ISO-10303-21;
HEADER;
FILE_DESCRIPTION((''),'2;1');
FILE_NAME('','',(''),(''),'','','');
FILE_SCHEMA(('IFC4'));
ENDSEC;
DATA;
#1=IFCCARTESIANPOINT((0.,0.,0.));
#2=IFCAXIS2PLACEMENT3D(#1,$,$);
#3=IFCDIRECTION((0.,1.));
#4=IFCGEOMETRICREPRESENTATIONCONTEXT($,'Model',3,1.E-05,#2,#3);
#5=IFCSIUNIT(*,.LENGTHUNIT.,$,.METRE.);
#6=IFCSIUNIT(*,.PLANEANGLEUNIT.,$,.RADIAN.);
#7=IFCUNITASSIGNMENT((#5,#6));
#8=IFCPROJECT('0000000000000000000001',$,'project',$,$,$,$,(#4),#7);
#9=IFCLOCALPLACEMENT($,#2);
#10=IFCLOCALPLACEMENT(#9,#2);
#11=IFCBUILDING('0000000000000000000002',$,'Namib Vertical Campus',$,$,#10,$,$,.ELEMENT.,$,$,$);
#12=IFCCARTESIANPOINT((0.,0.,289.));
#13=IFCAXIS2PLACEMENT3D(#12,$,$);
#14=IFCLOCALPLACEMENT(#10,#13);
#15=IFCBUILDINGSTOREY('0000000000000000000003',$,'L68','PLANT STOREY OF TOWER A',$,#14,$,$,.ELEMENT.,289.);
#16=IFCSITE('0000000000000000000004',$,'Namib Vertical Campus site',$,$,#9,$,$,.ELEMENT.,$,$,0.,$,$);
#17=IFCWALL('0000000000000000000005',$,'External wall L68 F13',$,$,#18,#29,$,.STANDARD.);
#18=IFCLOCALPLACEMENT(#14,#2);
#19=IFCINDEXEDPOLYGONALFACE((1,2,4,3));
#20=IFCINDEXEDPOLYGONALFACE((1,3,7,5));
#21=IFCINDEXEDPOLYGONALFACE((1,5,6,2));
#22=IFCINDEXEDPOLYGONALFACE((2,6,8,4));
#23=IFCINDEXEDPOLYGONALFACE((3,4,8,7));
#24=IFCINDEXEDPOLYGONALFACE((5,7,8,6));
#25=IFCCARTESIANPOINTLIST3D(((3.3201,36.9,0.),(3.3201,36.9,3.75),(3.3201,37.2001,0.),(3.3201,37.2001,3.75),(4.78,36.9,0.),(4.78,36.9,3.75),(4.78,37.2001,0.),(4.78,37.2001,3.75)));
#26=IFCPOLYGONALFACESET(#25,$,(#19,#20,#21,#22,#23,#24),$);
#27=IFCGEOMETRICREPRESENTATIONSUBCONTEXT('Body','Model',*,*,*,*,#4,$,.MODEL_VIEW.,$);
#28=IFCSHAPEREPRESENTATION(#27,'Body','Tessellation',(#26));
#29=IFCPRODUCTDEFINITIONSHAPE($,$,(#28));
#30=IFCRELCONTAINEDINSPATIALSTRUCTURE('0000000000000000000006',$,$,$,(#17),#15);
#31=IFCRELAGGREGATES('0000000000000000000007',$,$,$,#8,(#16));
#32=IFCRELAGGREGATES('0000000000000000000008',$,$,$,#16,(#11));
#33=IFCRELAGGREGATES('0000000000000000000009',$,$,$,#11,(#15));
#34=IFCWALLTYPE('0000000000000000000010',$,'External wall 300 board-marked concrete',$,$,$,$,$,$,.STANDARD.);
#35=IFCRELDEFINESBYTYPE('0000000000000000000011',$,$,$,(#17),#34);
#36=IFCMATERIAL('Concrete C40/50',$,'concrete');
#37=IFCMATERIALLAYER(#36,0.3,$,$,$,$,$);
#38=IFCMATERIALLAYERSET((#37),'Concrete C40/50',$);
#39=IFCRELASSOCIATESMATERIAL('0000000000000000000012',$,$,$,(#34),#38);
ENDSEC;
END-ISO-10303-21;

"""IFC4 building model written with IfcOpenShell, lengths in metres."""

from ifc_helpers import new_model, si_unit, direction, frame, frame_2d, origin, place, context, subcontext, project, spatial, rectangle, extrude, material, layer, layer_set, type_object, element, save


model = new_model("IFC4")

# Units and contexts
model_context = context("Model", 3, precision=1e-05, world=origin(), true_north=direction((0.0, 1.0)))
body_context = subcontext(model_context, "Body", "Model", "MODEL_VIEW")
ifc_project = project(units=[si_unit("LENGTHUNIT", "METRE"), si_unit("PLANEANGLEUNIT", "RADIAN")], contexts=[model_context])

# Site, building, storey
site_placement = place(None, origin())
site = spatial("IfcSite", under=ifc_project, at=site_placement, Name="Namib Vertical Campus site", CompositionType="ELEMENT", RefElevation=0.0)
building_placement = place(site_placement, origin())
building = spatial("IfcBuilding", under=site, at=building_placement, Name="Namib Vertical Campus", CompositionType="ELEMENT")
storey_placement = place(building_placement, frame((0.0, 0.0, 289.0)))
storey = spatial("IfcBuildingStorey", under=building, at=storey_placement, Name="L68", Description="PLANT STOREY OF TOWER A", CompositionType="ELEMENT", Elevation=289.0)

# Wall
ifc_material_1 = material(Name="Concrete C40/50", Category="concrete")
ifc_layer_1 = layer(ifc_material_1, 0.3)
ifc_layer_set_1 = layer_set([ifc_layer_1], Name="Concrete C40/50")
wall_type_1 = type_object("IfcWallType", Name="External wall 300 board-marked concrete", PredefinedType="STANDARD", material=ifc_layer_set_1)
wall_1_placement = place(storey_placement, frame((4.78, 37.05, 0.0), z_axis=(0.0, 0.0, 1.0), x_axis=(-1.0, 0.0, 0.0)))
element("IfcWall", 1, at=wall_1_placement, inside=storey, type_object=wall_type_1, Name="External wall L68 F13", PredefinedType="STANDARD", context=body_context, shape_type="SweptSolid", body=[
    extrude(rectangle(XDim=1.46, YDim=0.3, at=frame_2d((0.73, 0.0))), origin(), (0.0, 0.0, 1.0), 3.75),
])

save(model, "model.ifc")
